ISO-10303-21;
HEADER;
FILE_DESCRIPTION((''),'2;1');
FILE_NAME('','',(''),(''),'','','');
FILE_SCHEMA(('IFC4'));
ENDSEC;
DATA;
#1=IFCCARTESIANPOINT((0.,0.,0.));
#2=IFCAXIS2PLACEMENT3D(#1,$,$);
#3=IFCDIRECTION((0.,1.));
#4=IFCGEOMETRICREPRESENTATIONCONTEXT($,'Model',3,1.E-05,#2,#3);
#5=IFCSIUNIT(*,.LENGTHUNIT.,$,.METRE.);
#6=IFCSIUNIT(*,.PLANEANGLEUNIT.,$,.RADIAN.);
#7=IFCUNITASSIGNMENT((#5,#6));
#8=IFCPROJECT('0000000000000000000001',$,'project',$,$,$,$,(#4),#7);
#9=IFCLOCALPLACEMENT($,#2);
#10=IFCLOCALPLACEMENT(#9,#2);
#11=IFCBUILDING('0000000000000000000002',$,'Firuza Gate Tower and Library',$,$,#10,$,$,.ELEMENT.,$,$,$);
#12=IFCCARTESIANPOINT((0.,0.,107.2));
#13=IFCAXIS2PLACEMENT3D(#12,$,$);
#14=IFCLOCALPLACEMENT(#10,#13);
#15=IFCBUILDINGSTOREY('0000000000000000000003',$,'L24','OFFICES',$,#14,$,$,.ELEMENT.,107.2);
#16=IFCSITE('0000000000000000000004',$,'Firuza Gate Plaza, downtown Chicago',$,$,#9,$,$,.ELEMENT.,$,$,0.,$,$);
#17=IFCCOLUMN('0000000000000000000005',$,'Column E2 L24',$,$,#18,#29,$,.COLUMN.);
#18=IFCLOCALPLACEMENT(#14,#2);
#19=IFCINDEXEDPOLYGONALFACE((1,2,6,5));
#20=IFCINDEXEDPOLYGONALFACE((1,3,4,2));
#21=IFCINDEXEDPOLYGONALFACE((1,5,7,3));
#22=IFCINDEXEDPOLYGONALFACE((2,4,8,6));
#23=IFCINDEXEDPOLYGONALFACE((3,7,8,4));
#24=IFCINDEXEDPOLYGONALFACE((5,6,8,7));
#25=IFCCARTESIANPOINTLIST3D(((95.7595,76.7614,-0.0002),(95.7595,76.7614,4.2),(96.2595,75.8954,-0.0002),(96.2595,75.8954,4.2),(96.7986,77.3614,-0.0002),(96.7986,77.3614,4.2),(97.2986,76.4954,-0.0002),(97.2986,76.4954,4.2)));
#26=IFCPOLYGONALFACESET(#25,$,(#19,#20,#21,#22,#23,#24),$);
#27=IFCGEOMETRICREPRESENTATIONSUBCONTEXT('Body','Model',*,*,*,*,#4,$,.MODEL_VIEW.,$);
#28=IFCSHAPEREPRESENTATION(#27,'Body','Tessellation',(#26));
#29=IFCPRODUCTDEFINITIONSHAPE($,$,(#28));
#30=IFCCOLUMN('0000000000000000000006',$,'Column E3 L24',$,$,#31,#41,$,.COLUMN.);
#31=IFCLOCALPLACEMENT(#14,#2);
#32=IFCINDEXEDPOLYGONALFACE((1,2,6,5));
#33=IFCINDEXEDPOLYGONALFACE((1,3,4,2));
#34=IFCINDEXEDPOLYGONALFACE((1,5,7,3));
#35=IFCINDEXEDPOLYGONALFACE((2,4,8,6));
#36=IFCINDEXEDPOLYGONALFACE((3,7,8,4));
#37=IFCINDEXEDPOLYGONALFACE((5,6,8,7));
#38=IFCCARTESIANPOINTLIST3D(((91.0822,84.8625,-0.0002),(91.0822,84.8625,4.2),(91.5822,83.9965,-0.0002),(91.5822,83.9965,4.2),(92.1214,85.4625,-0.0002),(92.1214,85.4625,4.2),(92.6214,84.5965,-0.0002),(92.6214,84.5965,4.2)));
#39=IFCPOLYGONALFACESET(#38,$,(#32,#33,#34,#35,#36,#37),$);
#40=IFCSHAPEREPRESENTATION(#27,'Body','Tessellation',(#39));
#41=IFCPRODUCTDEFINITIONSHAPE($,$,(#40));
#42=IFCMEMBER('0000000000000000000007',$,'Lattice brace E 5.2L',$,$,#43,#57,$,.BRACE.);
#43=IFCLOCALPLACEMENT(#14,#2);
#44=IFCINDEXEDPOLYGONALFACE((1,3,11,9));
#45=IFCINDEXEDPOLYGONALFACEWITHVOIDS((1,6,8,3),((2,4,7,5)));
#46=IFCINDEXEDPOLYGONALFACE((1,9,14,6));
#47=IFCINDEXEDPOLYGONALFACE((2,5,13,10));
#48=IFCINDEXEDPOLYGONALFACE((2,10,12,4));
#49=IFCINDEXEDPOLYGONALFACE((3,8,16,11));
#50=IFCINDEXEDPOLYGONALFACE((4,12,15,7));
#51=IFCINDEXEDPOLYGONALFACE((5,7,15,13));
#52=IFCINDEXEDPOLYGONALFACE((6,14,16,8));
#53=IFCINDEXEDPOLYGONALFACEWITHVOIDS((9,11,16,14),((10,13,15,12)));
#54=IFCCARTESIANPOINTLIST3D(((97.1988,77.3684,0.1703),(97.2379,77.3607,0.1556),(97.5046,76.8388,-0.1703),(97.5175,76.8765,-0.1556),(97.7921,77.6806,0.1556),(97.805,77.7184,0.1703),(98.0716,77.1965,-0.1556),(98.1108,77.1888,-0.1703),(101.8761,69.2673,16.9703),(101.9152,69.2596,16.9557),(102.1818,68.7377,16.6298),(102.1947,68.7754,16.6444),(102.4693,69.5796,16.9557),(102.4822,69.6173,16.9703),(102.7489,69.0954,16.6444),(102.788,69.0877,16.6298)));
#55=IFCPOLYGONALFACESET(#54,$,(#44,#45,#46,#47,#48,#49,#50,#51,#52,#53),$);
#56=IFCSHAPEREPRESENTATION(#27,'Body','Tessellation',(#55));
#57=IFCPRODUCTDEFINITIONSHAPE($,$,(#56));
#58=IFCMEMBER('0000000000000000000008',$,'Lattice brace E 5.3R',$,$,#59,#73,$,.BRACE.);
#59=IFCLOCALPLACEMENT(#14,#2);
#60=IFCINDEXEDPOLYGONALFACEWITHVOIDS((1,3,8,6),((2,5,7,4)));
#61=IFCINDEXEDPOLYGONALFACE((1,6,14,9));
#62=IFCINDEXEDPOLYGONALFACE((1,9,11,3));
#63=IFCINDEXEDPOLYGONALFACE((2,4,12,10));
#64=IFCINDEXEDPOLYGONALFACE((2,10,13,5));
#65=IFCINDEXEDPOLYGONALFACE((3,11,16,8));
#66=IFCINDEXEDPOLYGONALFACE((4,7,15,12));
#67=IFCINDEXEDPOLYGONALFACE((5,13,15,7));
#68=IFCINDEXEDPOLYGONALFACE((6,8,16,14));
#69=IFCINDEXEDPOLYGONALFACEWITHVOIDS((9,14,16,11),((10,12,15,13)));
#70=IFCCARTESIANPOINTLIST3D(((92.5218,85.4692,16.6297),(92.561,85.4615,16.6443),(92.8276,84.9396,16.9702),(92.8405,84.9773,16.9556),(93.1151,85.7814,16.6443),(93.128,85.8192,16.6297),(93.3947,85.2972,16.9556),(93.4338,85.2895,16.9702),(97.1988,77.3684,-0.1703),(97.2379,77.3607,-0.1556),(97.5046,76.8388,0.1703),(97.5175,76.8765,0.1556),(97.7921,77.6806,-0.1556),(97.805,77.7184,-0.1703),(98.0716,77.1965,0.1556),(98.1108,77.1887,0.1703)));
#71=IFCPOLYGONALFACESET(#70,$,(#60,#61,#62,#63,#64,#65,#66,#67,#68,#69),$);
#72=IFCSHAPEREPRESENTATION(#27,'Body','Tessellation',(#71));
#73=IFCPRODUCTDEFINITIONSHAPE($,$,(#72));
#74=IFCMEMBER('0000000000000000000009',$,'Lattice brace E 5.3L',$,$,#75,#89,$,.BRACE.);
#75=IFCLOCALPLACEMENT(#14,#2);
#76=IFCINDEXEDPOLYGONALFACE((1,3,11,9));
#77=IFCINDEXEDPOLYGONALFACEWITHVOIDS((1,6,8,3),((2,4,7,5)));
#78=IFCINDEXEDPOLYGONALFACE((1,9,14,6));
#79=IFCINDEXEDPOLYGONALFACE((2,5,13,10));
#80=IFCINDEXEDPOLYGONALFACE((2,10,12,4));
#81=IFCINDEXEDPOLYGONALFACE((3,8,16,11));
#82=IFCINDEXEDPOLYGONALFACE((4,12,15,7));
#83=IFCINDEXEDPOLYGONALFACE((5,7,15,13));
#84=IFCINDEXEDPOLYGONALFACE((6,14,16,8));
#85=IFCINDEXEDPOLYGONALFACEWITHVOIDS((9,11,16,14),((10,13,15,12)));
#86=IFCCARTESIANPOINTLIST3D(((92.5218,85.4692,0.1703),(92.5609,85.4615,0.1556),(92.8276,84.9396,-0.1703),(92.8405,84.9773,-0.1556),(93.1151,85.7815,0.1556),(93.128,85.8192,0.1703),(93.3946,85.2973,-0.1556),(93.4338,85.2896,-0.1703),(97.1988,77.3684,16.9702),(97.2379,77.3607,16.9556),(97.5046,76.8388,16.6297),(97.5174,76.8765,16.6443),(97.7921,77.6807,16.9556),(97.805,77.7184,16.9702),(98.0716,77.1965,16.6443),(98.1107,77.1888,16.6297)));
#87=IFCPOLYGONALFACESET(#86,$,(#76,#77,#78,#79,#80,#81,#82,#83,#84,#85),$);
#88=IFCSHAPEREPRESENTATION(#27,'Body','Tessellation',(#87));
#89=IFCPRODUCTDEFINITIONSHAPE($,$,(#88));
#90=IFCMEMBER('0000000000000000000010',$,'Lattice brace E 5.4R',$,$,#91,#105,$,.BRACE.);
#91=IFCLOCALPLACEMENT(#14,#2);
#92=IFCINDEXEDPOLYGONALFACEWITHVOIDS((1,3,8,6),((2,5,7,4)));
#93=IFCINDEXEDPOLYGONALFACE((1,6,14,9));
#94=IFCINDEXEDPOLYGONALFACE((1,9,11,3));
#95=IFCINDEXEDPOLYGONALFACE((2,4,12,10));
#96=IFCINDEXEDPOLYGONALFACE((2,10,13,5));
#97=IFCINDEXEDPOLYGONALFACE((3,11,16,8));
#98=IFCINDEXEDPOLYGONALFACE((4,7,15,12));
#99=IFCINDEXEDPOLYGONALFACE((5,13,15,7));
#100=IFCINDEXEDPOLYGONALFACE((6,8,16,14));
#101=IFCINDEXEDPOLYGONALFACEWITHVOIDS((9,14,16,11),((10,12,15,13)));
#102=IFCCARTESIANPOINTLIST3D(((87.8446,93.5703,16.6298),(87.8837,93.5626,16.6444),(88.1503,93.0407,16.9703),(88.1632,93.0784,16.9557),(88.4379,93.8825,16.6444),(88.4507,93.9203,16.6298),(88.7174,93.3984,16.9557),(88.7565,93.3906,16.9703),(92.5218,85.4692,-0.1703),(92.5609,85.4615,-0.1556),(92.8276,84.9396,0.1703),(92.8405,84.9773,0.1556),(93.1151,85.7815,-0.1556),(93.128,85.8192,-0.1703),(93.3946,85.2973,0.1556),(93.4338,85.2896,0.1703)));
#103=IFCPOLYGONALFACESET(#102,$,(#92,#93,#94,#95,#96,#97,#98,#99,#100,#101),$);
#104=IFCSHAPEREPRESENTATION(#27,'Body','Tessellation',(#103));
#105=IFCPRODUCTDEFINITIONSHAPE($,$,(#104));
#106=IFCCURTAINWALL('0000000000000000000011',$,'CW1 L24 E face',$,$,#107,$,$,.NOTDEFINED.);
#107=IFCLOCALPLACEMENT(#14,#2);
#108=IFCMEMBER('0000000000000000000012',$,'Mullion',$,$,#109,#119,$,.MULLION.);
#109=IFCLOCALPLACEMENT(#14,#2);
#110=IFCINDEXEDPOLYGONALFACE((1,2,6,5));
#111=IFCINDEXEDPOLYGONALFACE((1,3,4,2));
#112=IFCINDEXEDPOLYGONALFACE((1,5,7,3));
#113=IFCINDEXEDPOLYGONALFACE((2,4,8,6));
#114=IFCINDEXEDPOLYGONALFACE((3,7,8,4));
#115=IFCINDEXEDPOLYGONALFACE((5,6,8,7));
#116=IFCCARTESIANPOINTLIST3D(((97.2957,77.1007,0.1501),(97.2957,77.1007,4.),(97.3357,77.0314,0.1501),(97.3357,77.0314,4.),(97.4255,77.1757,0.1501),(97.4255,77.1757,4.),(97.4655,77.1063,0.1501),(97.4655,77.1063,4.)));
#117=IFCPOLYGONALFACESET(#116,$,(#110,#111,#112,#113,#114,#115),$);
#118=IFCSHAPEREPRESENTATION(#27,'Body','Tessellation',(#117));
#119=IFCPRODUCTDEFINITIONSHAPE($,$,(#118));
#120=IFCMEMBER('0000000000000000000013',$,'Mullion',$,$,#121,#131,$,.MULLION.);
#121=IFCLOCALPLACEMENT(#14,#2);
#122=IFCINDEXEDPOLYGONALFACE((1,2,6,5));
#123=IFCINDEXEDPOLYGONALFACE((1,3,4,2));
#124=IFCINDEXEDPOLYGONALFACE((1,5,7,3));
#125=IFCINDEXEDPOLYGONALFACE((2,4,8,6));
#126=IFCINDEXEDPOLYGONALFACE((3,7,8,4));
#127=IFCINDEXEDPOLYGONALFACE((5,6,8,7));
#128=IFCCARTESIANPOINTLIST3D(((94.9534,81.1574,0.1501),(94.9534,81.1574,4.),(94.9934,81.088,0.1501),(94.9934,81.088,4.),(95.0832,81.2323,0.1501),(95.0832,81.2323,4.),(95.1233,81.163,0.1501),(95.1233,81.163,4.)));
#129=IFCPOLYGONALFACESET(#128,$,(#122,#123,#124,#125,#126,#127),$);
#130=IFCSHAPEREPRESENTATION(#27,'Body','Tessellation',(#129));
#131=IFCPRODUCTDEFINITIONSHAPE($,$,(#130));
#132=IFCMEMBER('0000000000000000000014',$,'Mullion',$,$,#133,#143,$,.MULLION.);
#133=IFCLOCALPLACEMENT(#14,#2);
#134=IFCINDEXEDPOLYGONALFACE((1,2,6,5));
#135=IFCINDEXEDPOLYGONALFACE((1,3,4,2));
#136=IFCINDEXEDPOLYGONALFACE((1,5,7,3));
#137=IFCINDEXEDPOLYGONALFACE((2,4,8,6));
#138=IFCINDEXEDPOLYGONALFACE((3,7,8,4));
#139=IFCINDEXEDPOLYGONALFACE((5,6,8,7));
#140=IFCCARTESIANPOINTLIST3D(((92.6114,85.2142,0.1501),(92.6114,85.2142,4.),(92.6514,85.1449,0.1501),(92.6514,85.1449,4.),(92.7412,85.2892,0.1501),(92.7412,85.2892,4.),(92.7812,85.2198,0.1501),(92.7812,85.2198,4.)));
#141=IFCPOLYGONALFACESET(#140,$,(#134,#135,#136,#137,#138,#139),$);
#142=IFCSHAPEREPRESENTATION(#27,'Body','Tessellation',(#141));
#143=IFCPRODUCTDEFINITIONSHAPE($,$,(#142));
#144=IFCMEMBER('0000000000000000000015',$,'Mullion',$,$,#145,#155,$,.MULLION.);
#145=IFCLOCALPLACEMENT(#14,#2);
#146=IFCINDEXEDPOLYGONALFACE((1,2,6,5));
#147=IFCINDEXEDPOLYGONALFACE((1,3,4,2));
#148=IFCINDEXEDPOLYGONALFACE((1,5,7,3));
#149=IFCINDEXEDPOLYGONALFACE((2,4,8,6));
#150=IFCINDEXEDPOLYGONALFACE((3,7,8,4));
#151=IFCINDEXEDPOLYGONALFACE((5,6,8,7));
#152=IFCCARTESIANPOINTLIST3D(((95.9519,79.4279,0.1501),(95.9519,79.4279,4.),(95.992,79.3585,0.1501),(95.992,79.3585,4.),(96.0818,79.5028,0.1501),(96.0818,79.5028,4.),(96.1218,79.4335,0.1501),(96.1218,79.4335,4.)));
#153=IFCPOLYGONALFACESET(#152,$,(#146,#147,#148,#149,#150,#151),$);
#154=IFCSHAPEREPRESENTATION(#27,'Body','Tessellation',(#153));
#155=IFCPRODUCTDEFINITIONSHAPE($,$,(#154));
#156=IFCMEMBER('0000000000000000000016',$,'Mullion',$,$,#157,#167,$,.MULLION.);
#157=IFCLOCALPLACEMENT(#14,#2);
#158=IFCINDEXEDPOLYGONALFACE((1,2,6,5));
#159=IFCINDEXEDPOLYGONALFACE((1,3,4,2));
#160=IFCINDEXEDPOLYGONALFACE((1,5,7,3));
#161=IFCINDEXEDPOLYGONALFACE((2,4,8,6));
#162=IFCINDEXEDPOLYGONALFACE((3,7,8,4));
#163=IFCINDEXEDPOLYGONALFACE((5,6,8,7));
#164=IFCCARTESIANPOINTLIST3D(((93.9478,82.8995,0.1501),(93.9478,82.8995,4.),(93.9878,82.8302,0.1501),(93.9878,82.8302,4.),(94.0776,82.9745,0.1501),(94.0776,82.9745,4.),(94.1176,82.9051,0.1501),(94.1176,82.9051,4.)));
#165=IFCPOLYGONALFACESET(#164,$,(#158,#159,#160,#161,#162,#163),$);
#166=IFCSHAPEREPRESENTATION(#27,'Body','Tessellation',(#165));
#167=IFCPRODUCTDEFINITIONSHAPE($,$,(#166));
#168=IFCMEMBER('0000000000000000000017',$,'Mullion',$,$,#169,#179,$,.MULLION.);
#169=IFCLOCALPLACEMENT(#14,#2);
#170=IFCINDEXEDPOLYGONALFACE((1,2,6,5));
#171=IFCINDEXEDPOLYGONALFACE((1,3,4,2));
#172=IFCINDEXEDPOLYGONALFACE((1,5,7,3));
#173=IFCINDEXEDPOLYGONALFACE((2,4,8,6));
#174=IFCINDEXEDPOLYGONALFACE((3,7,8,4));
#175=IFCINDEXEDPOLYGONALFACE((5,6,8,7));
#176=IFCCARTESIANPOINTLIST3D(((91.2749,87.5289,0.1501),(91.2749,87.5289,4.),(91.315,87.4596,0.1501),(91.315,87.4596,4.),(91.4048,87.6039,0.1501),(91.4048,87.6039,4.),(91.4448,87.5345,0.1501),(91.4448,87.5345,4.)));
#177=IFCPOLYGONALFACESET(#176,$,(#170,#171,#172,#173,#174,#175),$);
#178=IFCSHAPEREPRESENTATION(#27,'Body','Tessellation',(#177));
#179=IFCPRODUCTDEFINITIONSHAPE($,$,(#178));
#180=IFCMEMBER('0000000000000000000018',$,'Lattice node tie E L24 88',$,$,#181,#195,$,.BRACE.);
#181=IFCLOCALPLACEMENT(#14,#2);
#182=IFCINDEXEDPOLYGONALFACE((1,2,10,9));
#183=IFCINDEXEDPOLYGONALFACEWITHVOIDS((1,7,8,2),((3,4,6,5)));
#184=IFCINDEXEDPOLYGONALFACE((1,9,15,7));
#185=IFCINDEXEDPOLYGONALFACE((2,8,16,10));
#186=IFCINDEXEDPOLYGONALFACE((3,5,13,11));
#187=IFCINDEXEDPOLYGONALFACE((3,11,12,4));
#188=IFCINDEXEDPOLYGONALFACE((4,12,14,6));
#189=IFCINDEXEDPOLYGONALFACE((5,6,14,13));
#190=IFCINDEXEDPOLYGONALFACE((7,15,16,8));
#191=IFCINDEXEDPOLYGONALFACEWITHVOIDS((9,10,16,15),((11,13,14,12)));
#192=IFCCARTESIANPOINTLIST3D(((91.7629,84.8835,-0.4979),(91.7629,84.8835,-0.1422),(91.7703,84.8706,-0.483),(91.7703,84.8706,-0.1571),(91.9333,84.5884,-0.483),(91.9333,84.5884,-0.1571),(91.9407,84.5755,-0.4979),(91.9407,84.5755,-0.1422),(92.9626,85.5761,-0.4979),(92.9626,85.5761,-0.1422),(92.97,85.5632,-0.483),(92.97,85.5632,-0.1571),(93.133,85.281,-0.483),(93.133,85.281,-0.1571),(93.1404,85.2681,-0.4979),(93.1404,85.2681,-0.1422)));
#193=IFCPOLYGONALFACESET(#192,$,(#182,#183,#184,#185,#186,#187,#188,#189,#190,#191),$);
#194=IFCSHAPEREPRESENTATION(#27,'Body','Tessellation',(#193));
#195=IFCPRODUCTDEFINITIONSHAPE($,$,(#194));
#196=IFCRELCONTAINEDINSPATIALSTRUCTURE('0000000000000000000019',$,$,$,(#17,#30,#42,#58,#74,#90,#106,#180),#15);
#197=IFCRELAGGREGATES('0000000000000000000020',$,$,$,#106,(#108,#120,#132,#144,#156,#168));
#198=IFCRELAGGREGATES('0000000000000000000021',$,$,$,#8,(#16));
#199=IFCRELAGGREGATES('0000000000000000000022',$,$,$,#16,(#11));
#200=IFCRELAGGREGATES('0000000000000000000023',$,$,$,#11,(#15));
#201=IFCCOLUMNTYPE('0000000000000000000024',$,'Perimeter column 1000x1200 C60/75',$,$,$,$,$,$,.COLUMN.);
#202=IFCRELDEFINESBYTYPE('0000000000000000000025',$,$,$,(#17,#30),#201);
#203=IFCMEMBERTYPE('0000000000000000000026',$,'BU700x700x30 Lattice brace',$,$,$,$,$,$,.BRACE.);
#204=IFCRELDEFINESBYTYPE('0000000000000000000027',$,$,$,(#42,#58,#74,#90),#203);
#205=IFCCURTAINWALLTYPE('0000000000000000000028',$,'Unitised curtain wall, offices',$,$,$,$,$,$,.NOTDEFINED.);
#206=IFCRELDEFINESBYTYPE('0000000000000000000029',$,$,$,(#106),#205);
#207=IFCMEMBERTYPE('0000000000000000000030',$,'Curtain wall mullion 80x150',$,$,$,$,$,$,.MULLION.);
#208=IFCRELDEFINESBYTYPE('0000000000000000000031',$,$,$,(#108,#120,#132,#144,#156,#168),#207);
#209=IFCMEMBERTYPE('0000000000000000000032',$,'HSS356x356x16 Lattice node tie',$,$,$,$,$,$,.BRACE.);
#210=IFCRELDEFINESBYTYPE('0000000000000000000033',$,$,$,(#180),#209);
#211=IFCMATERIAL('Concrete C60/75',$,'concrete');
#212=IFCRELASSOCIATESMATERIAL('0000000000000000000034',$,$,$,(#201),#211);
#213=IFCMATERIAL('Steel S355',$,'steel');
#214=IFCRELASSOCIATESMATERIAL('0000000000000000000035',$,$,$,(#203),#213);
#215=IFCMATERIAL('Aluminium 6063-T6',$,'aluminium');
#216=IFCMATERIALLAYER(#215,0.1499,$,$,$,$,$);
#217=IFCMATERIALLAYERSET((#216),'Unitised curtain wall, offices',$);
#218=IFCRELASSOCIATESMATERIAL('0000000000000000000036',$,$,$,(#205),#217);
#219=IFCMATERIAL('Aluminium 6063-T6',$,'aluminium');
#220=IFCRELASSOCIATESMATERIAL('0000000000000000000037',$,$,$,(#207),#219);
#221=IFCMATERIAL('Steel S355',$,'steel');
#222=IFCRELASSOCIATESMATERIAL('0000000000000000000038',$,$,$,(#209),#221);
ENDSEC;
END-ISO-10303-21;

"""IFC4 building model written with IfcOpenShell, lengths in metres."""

from ifc_helpers import new_model, si_unit, direction, frame, origin, origin_2d, place, context, subcontext, project, spatial, rectangle, hollow_rectangle, extrude, material, layer, layer_set, material_profile, profile_set, type_object, element, aggregate, save


model = new_model("IFC4")

# Units and contexts
model_context = context("Model", 3, precision=1e-05, world=origin(), true_north=direction((0.0, 1.0)))
body_context = subcontext(model_context, "Body", "Model", "MODEL_VIEW")
ifc_project = project(units=[si_unit("LENGTHUNIT", "METRE"), si_unit("PLANEANGLEUNIT", "RADIAN")], contexts=[model_context])

# Site, building, storey
site_placement = place(None, origin())
site = spatial("IfcSite", under=ifc_project, at=site_placement, Name="Firuza Gate Plaza, downtown Chicago", CompositionType="ELEMENT", RefElevation=0.0)
building_placement = place(site_placement, origin())
building = spatial("IfcBuilding", under=site, at=building_placement, Name="Firuza Gate Tower and Library", CompositionType="ELEMENT")
storey_placement = place(building_placement, frame((0.0, 0.0, 107.2)))
storey = spatial("IfcBuildingStorey", under=building, at=storey_placement, Name="L24", Description="OFFICES", CompositionType="ELEMENT", Elevation=107.2)

# Columns
ifc_material_1 = material(Name="Concrete C60/75", Category="concrete")
ifc_material_profile_1 = material_profile(ifc_material_1, rectangle(XDim=1.0, YDim=1.2, at=origin_2d()))
ifc_profile_set_1 = profile_set([ifc_material_profile_1], Name="Concrete C60/75")
column_type = type_object("IfcColumnType", Name="Perimeter column 1000x1200 C60/75", PredefinedType="COLUMN", material=ifc_profile_set_1)
for number, where, z_axis, x_axis, name in (
    (1, (96.5291, 76.6284, -0.0002), (0.0, 0.0, 1.0), (-0.5, 0.866025, 0.0), "Column E2 L24"),
    (2, (91.8518, 84.7295, -0.0002), (0.0, 0.0, 1.0), (-0.5, 0.866025, 0.0), "Column E3 L24"),
):
    element("IfcColumn", number, at=place(storey_placement, frame(where, z_axis=z_axis, x_axis=x_axis)), inside=storey, type_object=column_type, Name=name, PredefinedType="COLUMN", context=body_context, shape_type="SweptSolid", body=[
        extrude(rectangle(XDim=1.0, YDim=1.2, at=origin_2d()), origin(), (0.0, 0.0, 1.0), 4.2002),
    ])

# Members
ifc_material_2 = material(Name="Steel S355", Category="steel")
ifc_material_profile_2 = material_profile(ifc_material_2, hollow_rectangle(XDim=0.7, YDim=0.7, WallThickness=0.03, at=origin_2d()))
ifc_profile_set_2 = profile_set([ifc_material_profile_2], Name="Steel S355")
member_type_1 = type_object("IfcMemberType", Name="BU700x700x30 Lattice brace", PredefinedType="BRACE", material=ifc_profile_set_2)
member_1_placement = place(storey_placement, frame((97.6548, 77.2786, 0.0), z_axis=(0.243242, -0.4213, 0.873693), x_axis=(0.866021, 0.500007, 0.0)))
element("IfcMember", 3, at=member_1_placement, inside=storey, type_object=member_type_1, Name="Lattice brace E 5.2L", PredefinedType="BRACE", context=body_context, shape_type="SweptSolid", body=[
    extrude(hollow_rectangle(XDim=0.7, YDim=0.7, WallThickness=0.03, at=origin_2d()), origin(), (0.0, 0.0, 1.0), 19.2288),
])
for number, where, z_axis, x_axis, name in (
    (4, (97.6548, 77.2786, 0.0), (-0.243231, 0.42129, 0.873701), (-0.866026, -0.499999, 0.0), "Lattice brace E 5.3R"),
    (5, (92.9778, 85.3794, 0.0), (0.243231, -0.42129, 0.873701), (0.866026, 0.499999, 0.0), "Lattice brace E 5.3L"),
):
    element("IfcMember", number, at=place(storey_placement, frame(where, z_axis=z_axis, x_axis=x_axis)), inside=storey, type_object=member_type_1, Name=name, PredefinedType="BRACE", context=body_context, shape_type="SweptSolid", body=[
        extrude(hollow_rectangle(XDim=0.7, YDim=0.7, WallThickness=0.03, at=origin_2d()), origin(), (0.0, 0.0, 1.0), 19.2285),
    ])
member_2_placement = place(storey_placement, frame((92.9778, 85.3794, 0.0), z_axis=(-0.243242, 0.4213, 0.873693), x_axis=(-0.866021, -0.500007, 0.0)))
element("IfcMember", 6, at=member_2_placement, inside=storey, type_object=member_type_1, Name="Lattice brace E 5.4R", PredefinedType="BRACE", context=body_context, shape_type="SweptSolid", body=[
    extrude(hollow_rectangle(XDim=0.7, YDim=0.7, WallThickness=0.03, at=origin_2d()), origin(), (0.0, 0.0, 1.0), 19.2288),
])

# Curtain wall, members
ifc_material_3 = material(Name="Aluminium 6063-T6", Category="aluminium")
ifc_layer_1 = layer(ifc_material_3, 0.1499)
ifc_layer_set_1 = layer_set([ifc_layer_1], Name="Unitised curtain wall, offices")
curtain_wall_type = type_object("IfcCurtainWallType", Name="Unitised curtain wall, offices", PredefinedType="NOTDEFINED", material=ifc_layer_set_1)
curtain_wall_placement = place(storey_placement, origin())
curtain_wall = element("IfcCurtainWall", 7, at=curtain_wall_placement, inside=storey, type_object=curtain_wall_type, Name="CW1 L24 E face", PredefinedType="NOTDEFINED")
ifc_material_4 = material(Name="Aluminium 6063-T6", Category="aluminium")
ifc_material_profile_3 = material_profile(ifc_material_4, rectangle(XDim=0.1499, YDim=0.0801, at=origin_2d()))
ifc_profile_set_3 = profile_set([ifc_material_profile_3], Name="Aluminium 6063-T6")
member_type_2 = type_object("IfcMemberType", Name="Curtain wall mullion 80x150", PredefinedType="MULLION", material=ifc_profile_set_3)
member_3_placement = place(storey_placement, frame((97.3806, 77.1035, 0.1501), z_axis=(0.0, 0.0, 1.0), x_axis=(-0.866025, -0.5, 0.0)))
member_3 = element("IfcMember", 8, at=member_3_placement, type_object=member_type_2, Name="Mullion", PredefinedType="MULLION", context=body_context, shape_type="SweptSolid", body=[
    extrude(rectangle(XDim=0.1499, YDim=0.0801, at=origin_2d()), origin(), (0.0, 0.0, 1.0), 3.8499),
])
member_4_placement = place(storey_placement, frame((95.0383, 81.1602, 0.1501), z_axis=(0.0, 0.0, 1.0), x_axis=(-0.866025, -0.5, 0.0)))
member_4 = element("IfcMember", 9, at=member_4_placement, type_object=member_type_2, Name="Mullion", PredefinedType="MULLION", context=body_context, shape_type="SweptSolid", body=[
    extrude(rectangle(XDim=0.1499, YDim=0.0801, at=origin_2d()), origin(), (0.0, 0.0, 1.0), 3.8499),
])
member_5_placement = place(storey_placement, frame((92.6963, 85.217, 0.1501), z_axis=(0.0, 0.0, 1.0), x_axis=(-0.866025, -0.5, 0.0)))
member_5 = element("IfcMember", 10, at=member_5_placement, type_object=member_type_2, Name="Mullion", PredefinedType="MULLION", context=body_context, shape_type="SweptSolid", body=[
    extrude(rectangle(XDim=0.1499, YDim=0.0801, at=origin_2d()), origin(), (0.0, 0.0, 1.0), 3.8499),
])
member_6_placement = place(storey_placement, frame((96.0369, 79.4307, 0.1501), z_axis=(0.0, 0.0, 1.0), x_axis=(-0.866025, -0.5, 0.0)))
member_6 = element("IfcMember", 11, at=member_6_placement, type_object=member_type_2, Name="Mullion", PredefinedType="MULLION", context=body_context, shape_type="SweptSolid", body=[
    extrude(rectangle(XDim=0.1499, YDim=0.0801, at=origin_2d()), origin(), (0.0, 0.0, 1.0), 3.8499),
])
member_7_placement = place(storey_placement, frame((94.0327, 82.9023, 0.1501), z_axis=(0.0, 0.0, 1.0), x_axis=(-0.866025, -0.5, 0.0)))
member_7 = element("IfcMember", 12, at=member_7_placement, type_object=member_type_2, Name="Mullion", PredefinedType="MULLION", context=body_context, shape_type="SweptSolid", body=[
    extrude(rectangle(XDim=0.1499, YDim=0.0801, at=origin_2d()), origin(), (0.0, 0.0, 1.0), 3.8499),
])
member_8_placement = place(storey_placement, frame((91.3599, 87.5317, 0.1501), z_axis=(0.0, 0.0, 1.0), x_axis=(-0.866025, -0.5, 0.0)))
member_8 = element("IfcMember", 13, at=member_8_placement, type_object=member_type_2, Name="Mullion", PredefinedType="MULLION", context=body_context, shape_type="SweptSolid", body=[
    extrude(rectangle(XDim=0.1499, YDim=0.0801, at=origin_2d()), origin(), (0.0, 0.0, 1.0), 3.8499),
])

# Member
ifc_material_5 = material(Name="Steel S355", Category="steel")
ifc_material_profile_4 = material_profile(ifc_material_5, hollow_rectangle(XDim=0.3557, YDim=0.3557, WallThickness=0.0149, at=origin_2d()))
ifc_profile_set_4 = profile_set([ifc_material_profile_4], Name="Steel S355")
member_type_3 = type_object("IfcMemberType", Name="HSS356x356x16 Lattice node tie", PredefinedType="BRACE", material=ifc_profile_set_4)
member_9_placement = place(storey_placement, frame((91.8518, 84.7295, -0.3201), z_axis=(0.866033, 0.499987, 0.0), x_axis=(-0.499987, 0.866033, 0.0)))
element("IfcMember", 14, at=member_9_placement, inside=storey, type_object=member_type_3, Name="Lattice node tie E L24 88", PredefinedType="BRACE", context=body_context, shape_type="SweptSolid", body=[
    extrude(hollow_rectangle(XDim=0.3557, YDim=0.3557, WallThickness=0.0149, at=origin_2d()), origin(), (0.0, 0.0, 1.0), 1.3853),
])

aggregate(curtain_wall, [member_3, member_4, member_5, member_6, member_7, member_8])

save(model, "model.ifc")
